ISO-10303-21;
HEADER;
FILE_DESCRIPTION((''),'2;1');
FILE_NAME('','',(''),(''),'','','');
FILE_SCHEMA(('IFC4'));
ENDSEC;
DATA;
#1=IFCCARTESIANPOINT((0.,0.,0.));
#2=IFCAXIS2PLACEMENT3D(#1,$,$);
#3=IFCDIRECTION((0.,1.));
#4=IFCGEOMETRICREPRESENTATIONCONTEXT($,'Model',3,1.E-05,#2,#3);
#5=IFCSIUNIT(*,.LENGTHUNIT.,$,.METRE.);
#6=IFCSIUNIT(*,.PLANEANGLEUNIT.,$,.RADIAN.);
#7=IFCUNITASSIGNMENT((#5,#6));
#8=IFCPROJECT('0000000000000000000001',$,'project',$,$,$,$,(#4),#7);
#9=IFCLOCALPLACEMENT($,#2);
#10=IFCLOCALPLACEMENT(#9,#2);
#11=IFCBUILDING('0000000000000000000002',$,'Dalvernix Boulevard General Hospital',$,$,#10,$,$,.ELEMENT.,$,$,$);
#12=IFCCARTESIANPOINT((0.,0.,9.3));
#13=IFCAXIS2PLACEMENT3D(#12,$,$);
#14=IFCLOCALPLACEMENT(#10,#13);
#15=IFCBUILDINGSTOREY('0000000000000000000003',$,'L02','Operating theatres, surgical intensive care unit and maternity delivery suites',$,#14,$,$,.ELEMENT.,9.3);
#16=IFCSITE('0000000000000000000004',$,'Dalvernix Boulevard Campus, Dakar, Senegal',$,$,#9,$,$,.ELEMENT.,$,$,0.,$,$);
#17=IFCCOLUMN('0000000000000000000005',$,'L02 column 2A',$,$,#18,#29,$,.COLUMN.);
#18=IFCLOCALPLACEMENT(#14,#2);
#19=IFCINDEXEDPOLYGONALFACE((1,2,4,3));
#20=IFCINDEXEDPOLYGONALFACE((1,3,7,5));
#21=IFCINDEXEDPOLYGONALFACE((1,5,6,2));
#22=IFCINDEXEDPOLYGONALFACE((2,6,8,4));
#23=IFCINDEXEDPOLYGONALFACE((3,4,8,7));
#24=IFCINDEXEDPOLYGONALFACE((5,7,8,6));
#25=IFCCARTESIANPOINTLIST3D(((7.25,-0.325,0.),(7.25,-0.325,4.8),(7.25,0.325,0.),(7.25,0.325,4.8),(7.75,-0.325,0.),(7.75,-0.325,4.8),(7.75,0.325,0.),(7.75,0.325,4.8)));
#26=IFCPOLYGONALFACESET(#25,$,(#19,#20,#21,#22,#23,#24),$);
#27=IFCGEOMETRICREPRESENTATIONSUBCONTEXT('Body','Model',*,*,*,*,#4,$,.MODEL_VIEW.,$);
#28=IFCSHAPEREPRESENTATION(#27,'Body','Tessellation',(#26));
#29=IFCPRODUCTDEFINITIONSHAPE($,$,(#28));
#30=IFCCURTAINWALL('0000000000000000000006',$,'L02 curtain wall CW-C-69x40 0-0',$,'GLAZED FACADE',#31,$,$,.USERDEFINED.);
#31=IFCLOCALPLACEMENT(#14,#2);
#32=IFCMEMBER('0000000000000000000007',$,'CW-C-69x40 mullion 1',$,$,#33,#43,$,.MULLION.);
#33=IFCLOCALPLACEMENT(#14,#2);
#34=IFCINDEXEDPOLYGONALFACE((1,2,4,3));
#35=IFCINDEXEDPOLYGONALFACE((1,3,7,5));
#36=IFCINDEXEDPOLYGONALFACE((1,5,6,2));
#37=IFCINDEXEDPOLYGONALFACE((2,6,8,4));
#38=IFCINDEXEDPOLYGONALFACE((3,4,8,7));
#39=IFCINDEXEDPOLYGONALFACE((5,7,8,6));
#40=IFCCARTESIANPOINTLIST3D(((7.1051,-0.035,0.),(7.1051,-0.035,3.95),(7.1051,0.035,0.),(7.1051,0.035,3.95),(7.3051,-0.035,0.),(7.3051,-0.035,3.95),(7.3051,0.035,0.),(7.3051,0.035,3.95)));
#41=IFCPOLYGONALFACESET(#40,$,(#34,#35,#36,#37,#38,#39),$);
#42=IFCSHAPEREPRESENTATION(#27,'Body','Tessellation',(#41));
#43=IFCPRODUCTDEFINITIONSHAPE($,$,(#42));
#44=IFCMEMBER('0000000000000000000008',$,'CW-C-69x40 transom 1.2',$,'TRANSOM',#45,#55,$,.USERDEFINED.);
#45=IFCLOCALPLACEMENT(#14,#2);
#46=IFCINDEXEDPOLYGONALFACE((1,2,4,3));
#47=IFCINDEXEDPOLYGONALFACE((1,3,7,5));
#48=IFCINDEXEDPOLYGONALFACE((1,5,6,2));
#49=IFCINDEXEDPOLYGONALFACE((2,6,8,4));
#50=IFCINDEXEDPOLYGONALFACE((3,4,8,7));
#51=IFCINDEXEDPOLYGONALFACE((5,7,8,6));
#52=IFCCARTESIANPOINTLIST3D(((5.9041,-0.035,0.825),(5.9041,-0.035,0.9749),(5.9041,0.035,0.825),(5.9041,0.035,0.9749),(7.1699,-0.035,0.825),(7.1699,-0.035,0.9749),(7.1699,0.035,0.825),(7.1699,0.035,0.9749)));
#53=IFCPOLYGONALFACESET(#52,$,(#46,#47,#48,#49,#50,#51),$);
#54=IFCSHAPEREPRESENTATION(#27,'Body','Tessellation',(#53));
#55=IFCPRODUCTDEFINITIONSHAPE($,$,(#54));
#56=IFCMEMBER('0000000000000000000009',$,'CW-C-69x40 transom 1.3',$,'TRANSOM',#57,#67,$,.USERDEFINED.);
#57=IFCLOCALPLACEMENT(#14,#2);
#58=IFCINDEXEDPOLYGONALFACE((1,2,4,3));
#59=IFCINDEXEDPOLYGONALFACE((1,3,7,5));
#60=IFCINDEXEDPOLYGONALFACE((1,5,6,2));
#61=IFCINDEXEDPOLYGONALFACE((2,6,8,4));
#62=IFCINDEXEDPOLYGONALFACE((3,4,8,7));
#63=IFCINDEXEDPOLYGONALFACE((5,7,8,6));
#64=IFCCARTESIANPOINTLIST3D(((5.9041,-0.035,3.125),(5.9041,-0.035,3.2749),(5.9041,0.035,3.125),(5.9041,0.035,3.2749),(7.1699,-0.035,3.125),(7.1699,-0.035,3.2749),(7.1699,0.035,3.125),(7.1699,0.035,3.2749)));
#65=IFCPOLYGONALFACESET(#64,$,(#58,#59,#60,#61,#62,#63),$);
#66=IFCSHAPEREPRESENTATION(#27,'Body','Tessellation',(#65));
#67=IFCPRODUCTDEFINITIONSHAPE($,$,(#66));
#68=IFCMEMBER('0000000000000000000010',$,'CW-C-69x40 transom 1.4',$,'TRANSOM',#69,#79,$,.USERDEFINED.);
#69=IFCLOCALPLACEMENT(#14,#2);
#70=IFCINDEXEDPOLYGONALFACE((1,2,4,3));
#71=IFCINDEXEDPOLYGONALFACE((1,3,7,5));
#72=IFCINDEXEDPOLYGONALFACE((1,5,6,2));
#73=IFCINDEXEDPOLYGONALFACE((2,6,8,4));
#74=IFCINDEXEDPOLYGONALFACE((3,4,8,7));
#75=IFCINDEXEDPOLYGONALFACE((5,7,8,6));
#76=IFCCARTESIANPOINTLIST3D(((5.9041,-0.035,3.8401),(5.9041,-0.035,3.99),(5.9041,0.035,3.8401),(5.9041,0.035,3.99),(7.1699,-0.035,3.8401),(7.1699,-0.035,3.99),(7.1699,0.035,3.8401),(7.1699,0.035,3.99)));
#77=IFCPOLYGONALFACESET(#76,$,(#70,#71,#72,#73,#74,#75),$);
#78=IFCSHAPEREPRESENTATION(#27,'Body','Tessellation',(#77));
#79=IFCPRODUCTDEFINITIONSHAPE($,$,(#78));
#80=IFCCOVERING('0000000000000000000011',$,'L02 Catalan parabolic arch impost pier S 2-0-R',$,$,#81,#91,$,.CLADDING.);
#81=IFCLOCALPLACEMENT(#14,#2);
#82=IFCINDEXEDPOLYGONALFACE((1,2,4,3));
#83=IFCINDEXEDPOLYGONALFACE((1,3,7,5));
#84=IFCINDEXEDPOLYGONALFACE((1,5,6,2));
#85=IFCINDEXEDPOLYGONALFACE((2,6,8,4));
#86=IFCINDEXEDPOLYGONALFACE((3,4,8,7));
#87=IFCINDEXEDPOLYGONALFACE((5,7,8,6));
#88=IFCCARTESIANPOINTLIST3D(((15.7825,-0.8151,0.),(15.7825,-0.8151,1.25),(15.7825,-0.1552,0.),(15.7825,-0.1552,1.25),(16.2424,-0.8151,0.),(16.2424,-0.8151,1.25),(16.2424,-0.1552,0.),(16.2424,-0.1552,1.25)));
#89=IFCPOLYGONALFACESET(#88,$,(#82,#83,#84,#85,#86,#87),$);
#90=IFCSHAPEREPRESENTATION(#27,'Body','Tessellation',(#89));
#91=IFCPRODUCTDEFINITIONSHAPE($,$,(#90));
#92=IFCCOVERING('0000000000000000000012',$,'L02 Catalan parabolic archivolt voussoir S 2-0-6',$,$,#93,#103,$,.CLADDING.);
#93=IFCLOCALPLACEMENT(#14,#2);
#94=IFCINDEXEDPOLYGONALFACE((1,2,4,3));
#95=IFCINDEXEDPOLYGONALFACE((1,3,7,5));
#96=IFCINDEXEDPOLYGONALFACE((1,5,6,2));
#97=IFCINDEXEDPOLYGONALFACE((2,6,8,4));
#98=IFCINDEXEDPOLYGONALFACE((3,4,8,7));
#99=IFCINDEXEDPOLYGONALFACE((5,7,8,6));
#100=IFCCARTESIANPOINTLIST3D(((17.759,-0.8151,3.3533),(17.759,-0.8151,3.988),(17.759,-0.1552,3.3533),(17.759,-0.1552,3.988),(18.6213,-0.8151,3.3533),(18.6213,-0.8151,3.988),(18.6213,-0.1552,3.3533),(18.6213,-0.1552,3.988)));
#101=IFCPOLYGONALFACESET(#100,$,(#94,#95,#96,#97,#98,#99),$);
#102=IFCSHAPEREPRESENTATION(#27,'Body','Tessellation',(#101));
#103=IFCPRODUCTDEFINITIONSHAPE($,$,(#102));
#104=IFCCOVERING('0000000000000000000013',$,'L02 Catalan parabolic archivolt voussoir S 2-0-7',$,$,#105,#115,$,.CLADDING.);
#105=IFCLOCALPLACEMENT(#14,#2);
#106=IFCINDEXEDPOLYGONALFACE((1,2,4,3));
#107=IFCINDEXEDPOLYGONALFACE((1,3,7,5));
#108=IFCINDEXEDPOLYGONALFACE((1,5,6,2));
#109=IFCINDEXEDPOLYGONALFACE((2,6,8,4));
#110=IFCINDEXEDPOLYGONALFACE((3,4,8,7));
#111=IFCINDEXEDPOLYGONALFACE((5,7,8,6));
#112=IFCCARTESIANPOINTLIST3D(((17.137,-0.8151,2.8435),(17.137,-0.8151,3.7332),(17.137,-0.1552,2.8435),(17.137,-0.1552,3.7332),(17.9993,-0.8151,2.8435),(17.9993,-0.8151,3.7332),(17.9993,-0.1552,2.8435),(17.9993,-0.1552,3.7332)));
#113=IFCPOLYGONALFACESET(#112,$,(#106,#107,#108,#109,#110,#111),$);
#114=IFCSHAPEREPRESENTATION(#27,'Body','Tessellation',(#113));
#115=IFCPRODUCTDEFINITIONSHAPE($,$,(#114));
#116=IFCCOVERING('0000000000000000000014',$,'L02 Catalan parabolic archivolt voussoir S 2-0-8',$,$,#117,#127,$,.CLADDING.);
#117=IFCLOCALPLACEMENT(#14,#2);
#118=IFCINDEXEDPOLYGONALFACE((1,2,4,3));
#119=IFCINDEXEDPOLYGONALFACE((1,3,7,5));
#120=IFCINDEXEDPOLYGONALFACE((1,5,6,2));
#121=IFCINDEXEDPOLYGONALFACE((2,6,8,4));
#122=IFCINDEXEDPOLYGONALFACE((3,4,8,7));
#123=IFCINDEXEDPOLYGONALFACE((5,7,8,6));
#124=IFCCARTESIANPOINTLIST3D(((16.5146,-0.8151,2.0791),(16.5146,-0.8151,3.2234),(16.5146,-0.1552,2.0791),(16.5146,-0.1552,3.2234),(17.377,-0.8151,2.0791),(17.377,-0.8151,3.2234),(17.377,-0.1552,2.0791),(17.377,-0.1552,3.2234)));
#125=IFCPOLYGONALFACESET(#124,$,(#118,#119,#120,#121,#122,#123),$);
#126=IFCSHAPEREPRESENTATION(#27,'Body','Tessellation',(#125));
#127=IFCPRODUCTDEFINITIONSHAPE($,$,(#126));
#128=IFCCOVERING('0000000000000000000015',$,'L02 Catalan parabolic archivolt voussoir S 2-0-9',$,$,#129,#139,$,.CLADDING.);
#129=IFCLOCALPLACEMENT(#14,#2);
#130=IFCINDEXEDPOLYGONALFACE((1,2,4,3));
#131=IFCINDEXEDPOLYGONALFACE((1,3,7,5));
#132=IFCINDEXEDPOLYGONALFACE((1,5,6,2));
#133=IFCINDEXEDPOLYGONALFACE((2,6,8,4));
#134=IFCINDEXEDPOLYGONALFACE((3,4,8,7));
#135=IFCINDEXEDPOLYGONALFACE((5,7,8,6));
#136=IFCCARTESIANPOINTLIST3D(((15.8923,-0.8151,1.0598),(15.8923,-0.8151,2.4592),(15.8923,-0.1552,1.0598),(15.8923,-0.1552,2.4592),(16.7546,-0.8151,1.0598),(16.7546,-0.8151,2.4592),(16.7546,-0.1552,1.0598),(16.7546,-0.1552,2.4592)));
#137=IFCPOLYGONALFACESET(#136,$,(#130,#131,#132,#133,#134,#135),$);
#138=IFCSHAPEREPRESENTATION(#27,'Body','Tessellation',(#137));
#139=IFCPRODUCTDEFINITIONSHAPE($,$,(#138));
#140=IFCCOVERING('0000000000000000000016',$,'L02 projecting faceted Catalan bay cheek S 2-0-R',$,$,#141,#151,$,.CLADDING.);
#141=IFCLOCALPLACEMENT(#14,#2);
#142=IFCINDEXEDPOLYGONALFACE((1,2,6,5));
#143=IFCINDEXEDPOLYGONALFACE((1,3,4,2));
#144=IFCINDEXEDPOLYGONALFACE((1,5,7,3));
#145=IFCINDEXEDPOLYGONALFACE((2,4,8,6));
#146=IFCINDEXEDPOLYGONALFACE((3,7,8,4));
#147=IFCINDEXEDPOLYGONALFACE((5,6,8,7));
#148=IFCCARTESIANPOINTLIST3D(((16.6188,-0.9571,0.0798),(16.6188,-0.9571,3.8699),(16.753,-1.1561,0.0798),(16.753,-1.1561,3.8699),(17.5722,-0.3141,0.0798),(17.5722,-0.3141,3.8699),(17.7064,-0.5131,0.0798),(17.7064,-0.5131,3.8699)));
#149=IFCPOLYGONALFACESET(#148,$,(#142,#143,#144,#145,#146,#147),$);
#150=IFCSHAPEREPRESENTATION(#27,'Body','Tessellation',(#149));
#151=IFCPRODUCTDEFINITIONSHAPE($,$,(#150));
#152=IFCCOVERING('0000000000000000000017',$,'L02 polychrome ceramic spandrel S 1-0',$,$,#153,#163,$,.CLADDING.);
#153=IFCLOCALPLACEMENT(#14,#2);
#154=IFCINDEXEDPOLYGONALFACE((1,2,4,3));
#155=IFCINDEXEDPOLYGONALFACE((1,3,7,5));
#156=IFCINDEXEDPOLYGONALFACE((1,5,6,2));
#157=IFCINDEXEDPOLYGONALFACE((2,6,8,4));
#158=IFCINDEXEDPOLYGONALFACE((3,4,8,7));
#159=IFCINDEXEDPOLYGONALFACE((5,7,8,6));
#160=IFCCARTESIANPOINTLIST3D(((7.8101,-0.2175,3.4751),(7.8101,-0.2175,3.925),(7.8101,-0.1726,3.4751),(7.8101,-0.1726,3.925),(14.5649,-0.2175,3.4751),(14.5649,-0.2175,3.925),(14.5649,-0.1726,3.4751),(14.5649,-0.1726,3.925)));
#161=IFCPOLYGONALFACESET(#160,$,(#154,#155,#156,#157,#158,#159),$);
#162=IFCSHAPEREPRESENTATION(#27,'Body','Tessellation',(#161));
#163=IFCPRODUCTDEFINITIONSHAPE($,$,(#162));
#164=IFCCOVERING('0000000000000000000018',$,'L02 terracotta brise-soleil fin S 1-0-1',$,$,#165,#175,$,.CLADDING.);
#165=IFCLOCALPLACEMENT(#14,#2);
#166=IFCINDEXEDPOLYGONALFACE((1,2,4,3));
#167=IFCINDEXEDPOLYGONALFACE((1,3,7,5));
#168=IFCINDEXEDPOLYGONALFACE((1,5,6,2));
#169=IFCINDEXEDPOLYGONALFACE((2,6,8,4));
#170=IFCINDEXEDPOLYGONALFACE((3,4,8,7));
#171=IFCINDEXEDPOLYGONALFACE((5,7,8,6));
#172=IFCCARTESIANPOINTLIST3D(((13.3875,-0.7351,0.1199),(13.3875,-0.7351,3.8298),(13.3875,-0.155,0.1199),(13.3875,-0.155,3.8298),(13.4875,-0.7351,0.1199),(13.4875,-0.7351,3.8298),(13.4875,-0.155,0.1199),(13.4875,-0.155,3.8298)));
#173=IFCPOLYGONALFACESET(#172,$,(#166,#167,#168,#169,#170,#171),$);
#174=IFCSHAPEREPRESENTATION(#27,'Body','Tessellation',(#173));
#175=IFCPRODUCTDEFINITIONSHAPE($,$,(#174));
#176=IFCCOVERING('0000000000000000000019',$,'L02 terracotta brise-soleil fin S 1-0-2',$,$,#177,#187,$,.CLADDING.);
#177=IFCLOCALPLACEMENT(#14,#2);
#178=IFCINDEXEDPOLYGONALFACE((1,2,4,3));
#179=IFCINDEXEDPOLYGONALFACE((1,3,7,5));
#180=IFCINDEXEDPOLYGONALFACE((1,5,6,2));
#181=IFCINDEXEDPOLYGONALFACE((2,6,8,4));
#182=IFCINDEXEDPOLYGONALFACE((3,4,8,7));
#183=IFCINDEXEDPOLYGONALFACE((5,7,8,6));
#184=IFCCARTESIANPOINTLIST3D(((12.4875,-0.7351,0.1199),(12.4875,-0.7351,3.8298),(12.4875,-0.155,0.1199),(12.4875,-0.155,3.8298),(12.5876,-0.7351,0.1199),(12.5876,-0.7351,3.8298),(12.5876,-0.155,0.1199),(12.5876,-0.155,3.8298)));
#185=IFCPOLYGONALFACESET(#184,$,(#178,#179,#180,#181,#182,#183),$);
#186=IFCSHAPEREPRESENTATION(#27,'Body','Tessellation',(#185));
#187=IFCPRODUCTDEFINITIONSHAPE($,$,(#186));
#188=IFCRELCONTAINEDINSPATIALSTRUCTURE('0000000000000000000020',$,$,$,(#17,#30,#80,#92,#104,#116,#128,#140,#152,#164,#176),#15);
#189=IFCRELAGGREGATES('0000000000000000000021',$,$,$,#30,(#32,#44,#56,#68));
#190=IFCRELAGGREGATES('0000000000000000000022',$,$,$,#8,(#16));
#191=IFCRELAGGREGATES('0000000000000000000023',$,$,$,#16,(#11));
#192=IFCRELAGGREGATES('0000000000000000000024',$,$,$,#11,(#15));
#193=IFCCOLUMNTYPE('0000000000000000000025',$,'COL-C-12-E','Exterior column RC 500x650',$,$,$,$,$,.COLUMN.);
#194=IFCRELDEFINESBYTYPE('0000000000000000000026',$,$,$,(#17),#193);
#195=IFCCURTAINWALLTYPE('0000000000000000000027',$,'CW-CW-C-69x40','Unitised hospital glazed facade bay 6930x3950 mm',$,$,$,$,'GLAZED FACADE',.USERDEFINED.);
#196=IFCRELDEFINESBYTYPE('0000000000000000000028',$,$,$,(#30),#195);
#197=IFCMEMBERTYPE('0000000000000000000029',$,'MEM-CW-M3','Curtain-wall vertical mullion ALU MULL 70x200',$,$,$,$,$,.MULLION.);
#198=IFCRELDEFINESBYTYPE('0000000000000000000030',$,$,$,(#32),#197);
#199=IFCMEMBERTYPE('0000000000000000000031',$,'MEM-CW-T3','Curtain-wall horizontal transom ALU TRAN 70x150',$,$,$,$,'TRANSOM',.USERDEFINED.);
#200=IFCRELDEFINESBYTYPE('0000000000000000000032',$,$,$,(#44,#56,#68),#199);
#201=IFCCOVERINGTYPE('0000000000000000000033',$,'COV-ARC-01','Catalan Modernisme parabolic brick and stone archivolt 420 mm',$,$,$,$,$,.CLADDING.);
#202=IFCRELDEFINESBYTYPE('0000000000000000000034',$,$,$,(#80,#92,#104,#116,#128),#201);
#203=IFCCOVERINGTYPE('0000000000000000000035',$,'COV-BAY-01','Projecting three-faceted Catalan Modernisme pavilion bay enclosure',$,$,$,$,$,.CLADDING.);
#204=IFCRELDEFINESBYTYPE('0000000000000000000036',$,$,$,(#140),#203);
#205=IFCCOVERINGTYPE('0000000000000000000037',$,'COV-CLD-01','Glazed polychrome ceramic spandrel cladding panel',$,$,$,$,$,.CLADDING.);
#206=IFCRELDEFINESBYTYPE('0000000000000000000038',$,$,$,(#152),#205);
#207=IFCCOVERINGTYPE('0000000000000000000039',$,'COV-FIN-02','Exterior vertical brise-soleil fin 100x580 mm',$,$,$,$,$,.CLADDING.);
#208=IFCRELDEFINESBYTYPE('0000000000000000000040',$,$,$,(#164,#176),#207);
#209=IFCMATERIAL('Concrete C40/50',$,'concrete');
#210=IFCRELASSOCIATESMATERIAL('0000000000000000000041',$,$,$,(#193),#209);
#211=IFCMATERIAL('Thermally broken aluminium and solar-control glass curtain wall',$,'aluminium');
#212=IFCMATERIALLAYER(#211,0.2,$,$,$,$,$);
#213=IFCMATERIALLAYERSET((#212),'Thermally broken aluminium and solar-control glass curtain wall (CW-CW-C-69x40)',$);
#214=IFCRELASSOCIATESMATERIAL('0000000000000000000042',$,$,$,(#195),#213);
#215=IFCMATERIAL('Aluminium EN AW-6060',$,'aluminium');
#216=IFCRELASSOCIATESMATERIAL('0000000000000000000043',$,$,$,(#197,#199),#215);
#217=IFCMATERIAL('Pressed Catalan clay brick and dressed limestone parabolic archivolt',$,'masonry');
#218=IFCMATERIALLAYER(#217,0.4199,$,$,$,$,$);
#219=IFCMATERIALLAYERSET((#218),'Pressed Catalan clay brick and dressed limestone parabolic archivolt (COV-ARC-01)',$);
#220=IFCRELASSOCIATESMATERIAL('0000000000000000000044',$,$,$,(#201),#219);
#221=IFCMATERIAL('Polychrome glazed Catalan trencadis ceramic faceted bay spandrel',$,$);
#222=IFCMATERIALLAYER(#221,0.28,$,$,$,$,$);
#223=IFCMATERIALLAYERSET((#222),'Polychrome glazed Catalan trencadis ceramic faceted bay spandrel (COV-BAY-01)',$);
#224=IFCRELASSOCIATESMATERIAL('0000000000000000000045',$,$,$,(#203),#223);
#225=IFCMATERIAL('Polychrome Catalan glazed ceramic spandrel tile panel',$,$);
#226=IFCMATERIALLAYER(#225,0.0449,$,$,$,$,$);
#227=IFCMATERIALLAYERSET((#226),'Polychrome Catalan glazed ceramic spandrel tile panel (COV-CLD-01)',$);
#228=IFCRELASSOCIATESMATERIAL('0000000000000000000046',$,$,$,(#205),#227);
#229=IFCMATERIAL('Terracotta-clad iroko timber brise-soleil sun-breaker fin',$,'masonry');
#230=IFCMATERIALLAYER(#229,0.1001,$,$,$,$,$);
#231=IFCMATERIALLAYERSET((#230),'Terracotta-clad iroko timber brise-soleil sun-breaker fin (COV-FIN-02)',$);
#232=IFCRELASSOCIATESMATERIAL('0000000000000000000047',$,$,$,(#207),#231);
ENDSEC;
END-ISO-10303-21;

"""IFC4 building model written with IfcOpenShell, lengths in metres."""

from ifc_helpers import new_model, si_unit, direction, frame, origin, origin_2d, place, context, subcontext, project, spatial, rectangle, extrude, material, layer, layer_set, material_profile, profile_set, type_object, element, aggregate, save


model = new_model("IFC4")

# Units and contexts
model_context = context("Model", 3, precision=1e-05, world=origin(), true_north=direction((0.0, 1.0)))
body_context = subcontext(model_context, "Body", "Model", "MODEL_VIEW")
ifc_project = project(units=[si_unit("LENGTHUNIT", "METRE"), si_unit("PLANEANGLEUNIT", "RADIAN")], contexts=[model_context])

# Site, building, storey
site_placement = place(None, origin())
site = spatial("IfcSite", under=ifc_project, at=site_placement, Name="Dalvernix Boulevard Campus, Dakar, Senegal", CompositionType="ELEMENT", RefElevation=0.0)
building_placement = place(site_placement, origin())
building = spatial("IfcBuilding", under=site, at=building_placement, Name="Dalvernix Boulevard General Hospital", CompositionType="ELEMENT")
storey_placement = place(building_placement, frame((0.0, 0.0, 9.3)))
storey = spatial("IfcBuildingStorey", under=building, at=storey_placement, Name="L02", Description="Operating theatres, surgical intensive care unit and maternity delivery suites", CompositionType="ELEMENT", Elevation=9.3)

# Column
ifc_material_1 = material(Name="Concrete C40/50", Category="concrete")
ifc_material_profile_1 = material_profile(ifc_material_1, rectangle(XDim=0.5, YDim=0.6499, at=origin_2d()), Name="RC 500x650")
ifc_profile_set_1 = profile_set([ifc_material_profile_1], Name="Concrete C40/50")
column_type = type_object("IfcColumnType", Name="COL-C-12-E", Description="Exterior column RC 500x650", PredefinedType="COLUMN", material=ifc_profile_set_1)
column_placement = place(storey_placement, frame((7.5, 0.0, 0.0), z_axis=(0.0, 0.0, 1.0), x_axis=(1.0, 0.0, 0.0)))
element("IfcColumn", 1, at=column_placement, inside=storey, type_object=column_type, Name="L02 column 2A", PredefinedType="COLUMN", context=body_context, shape_type="SweptSolid", body=[
    extrude(rectangle(XDim=0.5, YDim=0.6499, at=origin_2d()), origin(), (0.0, 0.0, 1.0), 4.8),
])

# Curtain wall, members
ifc_material_2 = material(Name="Thermally broken aluminium and solar-control glass curtain wall", Category="aluminium")
ifc_layer_1 = layer(ifc_material_2, 0.2)
ifc_layer_set_1 = layer_set([ifc_layer_1], Name="Thermally broken aluminium and solar-control glass curtain wall (CW-CW-C-69x40)")
curtain_wall_type = type_object("IfcCurtainWallType", Name="CW-CW-C-69x40", Description="Unitised hospital glazed facade bay 6930x3950 mm", ElementType="GLAZED FACADE", PredefinedType="USERDEFINED", material=ifc_layer_set_1)
curtain_wall_placement = place(storey_placement, origin())
curtain_wall = element("IfcCurtainWall", 2, at=curtain_wall_placement, inside=storey, type_object=curtain_wall_type, Name="L02 curtain wall CW-C-69x40 0-0", ObjectType="GLAZED FACADE", PredefinedType="USERDEFINED")
ifc_material_3 = material(Name="Aluminium EN AW-6060", Category="aluminium")
ifc_material_profile_2 = material_profile(ifc_material_3, rectangle(XDim=0.0701, YDim=0.2, at=origin_2d()), Name="ALU MULL 70x200")
ifc_profile_set_2 = profile_set([ifc_material_profile_2], Name="Aluminium EN AW-6060")
member_type_1 = type_object("IfcMemberType", Name="MEM-CW-M3", Description="Curtain-wall vertical mullion ALU MULL 70x200", PredefinedType="MULLION", material=ifc_profile_set_2)
member_1_placement = place(storey_placement, frame((7.2051, 0.0, 0.0), z_axis=(0.0, 0.0, 1.0), x_axis=(0.0, -1.0, 0.0)))
member_1 = element("IfcMember", 3, at=member_1_placement, type_object=member_type_1, Name="CW-C-69x40 mullion 1", PredefinedType="MULLION", context=body_context, shape_type="SweptSolid", body=[
    extrude(rectangle(XDim=0.0701, YDim=0.2, at=origin_2d()), origin(), (0.0, 0.0, 1.0), 3.95),
])
ifc_material_profile_3 = material_profile(ifc_material_3, rectangle(XDim=0.0701, YDim=0.1499, at=origin_2d()), Name="ALU TRAN 70x150")
ifc_profile_set_3 = profile_set([ifc_material_profile_3], Name="Aluminium EN AW-6060")
member_type_2 = type_object("IfcMemberType", Name="MEM-CW-T3", Description="Curtain-wall horizontal transom ALU TRAN 70x150", ElementType="TRANSOM", PredefinedType="USERDEFINED", material=ifc_profile_set_3)
member_2_placement = place(storey_placement, frame((7.1699, 0.0, 0.8999), z_axis=(-1.0, 0.0, 0.0), x_axis=(0.0, -1.0, 0.0)))
member_2 = element("IfcMember", 4, at=member_2_placement, type_object=member_type_2, Name="CW-C-69x40 transom 1.2", ObjectType="TRANSOM", PredefinedType="USERDEFINED", context=body_context, shape_type="SweptSolid", body=[
    extrude(rectangle(XDim=0.0701, YDim=0.1499, at=origin_2d()), origin(), (0.0, 0.0, 1.0), 1.2659),
])
member_3_placement = place(storey_placement, frame((7.1699, 0.0, 3.2), z_axis=(-1.0, 0.0, 0.0), x_axis=(0.0, -1.0, 0.0)))
member_3 = element("IfcMember", 5, at=member_3_placement, type_object=member_type_2, Name="CW-C-69x40 transom 1.3", ObjectType="TRANSOM", PredefinedType="USERDEFINED", context=body_context, shape_type="SweptSolid", body=[
    extrude(rectangle(XDim=0.0701, YDim=0.1499, at=origin_2d()), origin(), (0.0, 0.0, 1.0), 1.2659),
])
member_4_placement = place(storey_placement, frame((7.1699, 0.0, 3.915), z_axis=(-1.0, 0.0, 0.0), x_axis=(0.0, -1.0, 0.0)))
member_4 = element("IfcMember", 6, at=member_4_placement, type_object=member_type_2, Name="CW-C-69x40 transom 1.4", ObjectType="TRANSOM", PredefinedType="USERDEFINED", context=body_context, shape_type="SweptSolid", body=[
    extrude(rectangle(XDim=0.0701, YDim=0.1499, at=origin_2d()), origin(), (0.0, 0.0, 1.0), 1.2659),
])
aggregate(curtain_wall, [member_1, member_2, member_3, member_4])

# Coverings
ifc_material_4 = material(Name="Pressed Catalan clay brick and dressed limestone parabolic archivolt", Category="masonry")
ifc_layer_2 = layer(ifc_material_4, 0.4199)
ifc_layer_set_2 = layer_set([ifc_layer_2], Name="Pressed Catalan clay brick and dressed limestone parabolic archivolt (COV-ARC-01)")
covering_type_1 = type_object("IfcCoveringType", Name="COV-ARC-01", Description="Catalan Modernisme parabolic brick and stone archivolt 420 mm", PredefinedType="CLADDING", material=ifc_layer_set_2)
covering_1_placement = place(storey_placement, frame((16.0125, -0.4851, 0.0), z_axis=(0.0, 0.0, 1.0), x_axis=(-1.0, 0.0, 0.0)))
element("IfcCovering", 7, at=covering_1_placement, inside=storey, type_object=covering_type_1, Name="L02 Catalan parabolic arch impost pier S 2-0-R", PredefinedType="CLADDING", context=body_context, shape_type="SweptSolid", body=[
    extrude(rectangle(XDim=0.46, YDim=0.6599, at=origin_2d()), origin(), (0.0, 0.0, 1.0), 1.25),
])
covering_2_placement = place(storey_placement, frame((18.1902, -0.4851, 3.3533), z_axis=(0.0, 0.0, 1.0), x_axis=(-1.0, 0.0, 0.0)))
element("IfcCovering", 8, at=covering_2_placement, inside=storey, type_object=covering_type_1, Name="L02 Catalan parabolic archivolt voussoir S 2-0-6", PredefinedType="CLADDING", context=body_context, shape_type="SweptSolid", body=[
    extrude(rectangle(XDim=0.8623, YDim=0.6599, at=origin_2d()), origin(), (0.0, 0.0, 1.0), 0.6348),
])
covering_3_placement = place(storey_placement, frame((17.5681, -0.4851, 2.8435), z_axis=(0.0, 0.0, 1.0), x_axis=(-1.0, 0.0, 0.0)))
element("IfcCovering", 9, at=covering_3_placement, inside=storey, type_object=covering_type_1, Name="L02 Catalan parabolic archivolt voussoir S 2-0-7", PredefinedType="CLADDING", context=body_context, shape_type="SweptSolid", body=[
    extrude(rectangle(XDim=0.8623, YDim=0.6599, at=origin_2d()), origin(), (0.0, 0.0, 1.0), 0.8896),
])
covering_4_placement = place(storey_placement, frame((16.9458, -0.4851, 2.0791), z_axis=(0.0, 0.0, 1.0), x_axis=(-1.0, 0.0, 0.0)))
element("IfcCovering", 10, at=covering_4_placement, inside=storey, type_object=covering_type_1, Name="L02 Catalan parabolic archivolt voussoir S 2-0-8", PredefinedType="CLADDING", context=body_context, shape_type="SweptSolid", body=[
    extrude(rectangle(XDim=0.8623, YDim=0.6599, at=origin_2d()), origin(), (0.0, 0.0, 1.0), 1.1443),
])
covering_5_placement = place(storey_placement, frame((16.3235, -0.4851, 1.0598), z_axis=(0.0, 0.0, 1.0), x_axis=(-1.0, 0.0, 0.0)))
element("IfcCovering", 11, at=covering_5_placement, inside=storey, type_object=covering_type_1, Name="L02 Catalan parabolic archivolt voussoir S 2-0-9", PredefinedType="CLADDING", context=body_context, shape_type="SweptSolid", body=[
    extrude(rectangle(XDim=0.8623, YDim=0.6599, at=origin_2d()), origin(), (0.0, 0.0, 1.0), 1.3994),
])
ifc_material_5 = material(Name="Polychrome glazed Catalan trencadis ceramic faceted bay spandrel")
ifc_layer_3 = layer(ifc_material_5, 0.28)
ifc_layer_set_3 = layer_set([ifc_layer_3], Name="Polychrome glazed Catalan trencadis ceramic faceted bay spandrel (COV-BAY-01)")
covering_type_2 = type_object("IfcCoveringType", Name="COV-BAY-01", Description="Projecting three-faceted Catalan Modernisme pavilion bay enclosure", PredefinedType="CLADDING", material=ifc_layer_set_3)
covering_6_placement = place(storey_placement, frame((17.1626, -0.7351, 0.0798), z_axis=(0.0, 0.0, 1.0), x_axis=(-0.829038, -0.559193, 0.0)))
element("IfcCovering", 12, at=covering_6_placement, inside=storey, type_object=covering_type_2, Name="L02 projecting faceted Catalan bay cheek S 2-0-R", PredefinedType="CLADDING", context=body_context, shape_type="SweptSolid", body=[
    extrude(rectangle(XDim=1.1499, YDim=0.24, at=origin_2d()), origin(), (0.0, 0.0, 1.0), 3.79),
])
ifc_material_6 = material(Name="Polychrome Catalan glazed ceramic spandrel tile panel")
ifc_layer_4 = layer(ifc_material_6, 0.0449)
ifc_layer_set_4 = layer_set([ifc_layer_4], Name="Polychrome Catalan glazed ceramic spandrel tile panel (COV-CLD-01)")
covering_type_3 = type_object("IfcCoveringType", Name="COV-CLD-01", Description="Glazed polychrome ceramic spandrel cladding panel", PredefinedType="CLADDING", material=ifc_layer_set_4)
covering_7_placement = place(storey_placement, frame((11.1875, -0.1951, 3.4751), z_axis=(0.0, 0.0, 1.0), x_axis=(-1.0, 0.0, 0.0)))
element("IfcCovering", 13, at=covering_7_placement, inside=storey, type_object=covering_type_3, Name="L02 polychrome ceramic spandrel S 1-0", PredefinedType="CLADDING", context=body_context, shape_type="SweptSolid", body=[
    extrude(rectangle(XDim=6.7549, YDim=0.0449, at=origin_2d()), origin(), (0.0, 0.0, 1.0), 0.45),
])
ifc_material_7 = material(Name="Terracotta-clad iroko timber brise-soleil sun-breaker fin", Category="masonry")
ifc_layer_5 = layer(ifc_material_7, 0.1001)
ifc_layer_set_5 = layer_set([ifc_layer_5], Name="Terracotta-clad iroko timber brise-soleil sun-breaker fin (COV-FIN-02)")
covering_type_4 = type_object("IfcCoveringType", Name="COV-FIN-02", Description="Exterior vertical brise-soleil fin 100x580 mm", PredefinedType="CLADDING", material=ifc_layer_set_5)
for number, where, z_axis, x_axis, name in (
    (14, (13.4375, -0.4451, 0.1199), (0.0, 0.0, 1.0), (-1.0, 0.0, 0.0), "L02 terracotta brise-soleil fin S 1-0-1"),
    (15, (12.5376, -0.4451, 0.1199), (0.0, 0.0, 1.0), (-1.0, 0.0, 0.0), "L02 terracotta brise-soleil fin S 1-0-2"),
):
    element("IfcCovering", number, at=place(storey_placement, frame(where, z_axis=z_axis, x_axis=x_axis)), inside=storey, type_object=covering_type_4, Name=name, PredefinedType="CLADDING", context=body_context, shape_type="SweptSolid", body=[
        extrude(rectangle(XDim=0.1001, YDim=0.5801, at=origin_2d()), origin(), (0.0, 0.0, 1.0), 3.71),
    ])

save(model, "model.ifc")
